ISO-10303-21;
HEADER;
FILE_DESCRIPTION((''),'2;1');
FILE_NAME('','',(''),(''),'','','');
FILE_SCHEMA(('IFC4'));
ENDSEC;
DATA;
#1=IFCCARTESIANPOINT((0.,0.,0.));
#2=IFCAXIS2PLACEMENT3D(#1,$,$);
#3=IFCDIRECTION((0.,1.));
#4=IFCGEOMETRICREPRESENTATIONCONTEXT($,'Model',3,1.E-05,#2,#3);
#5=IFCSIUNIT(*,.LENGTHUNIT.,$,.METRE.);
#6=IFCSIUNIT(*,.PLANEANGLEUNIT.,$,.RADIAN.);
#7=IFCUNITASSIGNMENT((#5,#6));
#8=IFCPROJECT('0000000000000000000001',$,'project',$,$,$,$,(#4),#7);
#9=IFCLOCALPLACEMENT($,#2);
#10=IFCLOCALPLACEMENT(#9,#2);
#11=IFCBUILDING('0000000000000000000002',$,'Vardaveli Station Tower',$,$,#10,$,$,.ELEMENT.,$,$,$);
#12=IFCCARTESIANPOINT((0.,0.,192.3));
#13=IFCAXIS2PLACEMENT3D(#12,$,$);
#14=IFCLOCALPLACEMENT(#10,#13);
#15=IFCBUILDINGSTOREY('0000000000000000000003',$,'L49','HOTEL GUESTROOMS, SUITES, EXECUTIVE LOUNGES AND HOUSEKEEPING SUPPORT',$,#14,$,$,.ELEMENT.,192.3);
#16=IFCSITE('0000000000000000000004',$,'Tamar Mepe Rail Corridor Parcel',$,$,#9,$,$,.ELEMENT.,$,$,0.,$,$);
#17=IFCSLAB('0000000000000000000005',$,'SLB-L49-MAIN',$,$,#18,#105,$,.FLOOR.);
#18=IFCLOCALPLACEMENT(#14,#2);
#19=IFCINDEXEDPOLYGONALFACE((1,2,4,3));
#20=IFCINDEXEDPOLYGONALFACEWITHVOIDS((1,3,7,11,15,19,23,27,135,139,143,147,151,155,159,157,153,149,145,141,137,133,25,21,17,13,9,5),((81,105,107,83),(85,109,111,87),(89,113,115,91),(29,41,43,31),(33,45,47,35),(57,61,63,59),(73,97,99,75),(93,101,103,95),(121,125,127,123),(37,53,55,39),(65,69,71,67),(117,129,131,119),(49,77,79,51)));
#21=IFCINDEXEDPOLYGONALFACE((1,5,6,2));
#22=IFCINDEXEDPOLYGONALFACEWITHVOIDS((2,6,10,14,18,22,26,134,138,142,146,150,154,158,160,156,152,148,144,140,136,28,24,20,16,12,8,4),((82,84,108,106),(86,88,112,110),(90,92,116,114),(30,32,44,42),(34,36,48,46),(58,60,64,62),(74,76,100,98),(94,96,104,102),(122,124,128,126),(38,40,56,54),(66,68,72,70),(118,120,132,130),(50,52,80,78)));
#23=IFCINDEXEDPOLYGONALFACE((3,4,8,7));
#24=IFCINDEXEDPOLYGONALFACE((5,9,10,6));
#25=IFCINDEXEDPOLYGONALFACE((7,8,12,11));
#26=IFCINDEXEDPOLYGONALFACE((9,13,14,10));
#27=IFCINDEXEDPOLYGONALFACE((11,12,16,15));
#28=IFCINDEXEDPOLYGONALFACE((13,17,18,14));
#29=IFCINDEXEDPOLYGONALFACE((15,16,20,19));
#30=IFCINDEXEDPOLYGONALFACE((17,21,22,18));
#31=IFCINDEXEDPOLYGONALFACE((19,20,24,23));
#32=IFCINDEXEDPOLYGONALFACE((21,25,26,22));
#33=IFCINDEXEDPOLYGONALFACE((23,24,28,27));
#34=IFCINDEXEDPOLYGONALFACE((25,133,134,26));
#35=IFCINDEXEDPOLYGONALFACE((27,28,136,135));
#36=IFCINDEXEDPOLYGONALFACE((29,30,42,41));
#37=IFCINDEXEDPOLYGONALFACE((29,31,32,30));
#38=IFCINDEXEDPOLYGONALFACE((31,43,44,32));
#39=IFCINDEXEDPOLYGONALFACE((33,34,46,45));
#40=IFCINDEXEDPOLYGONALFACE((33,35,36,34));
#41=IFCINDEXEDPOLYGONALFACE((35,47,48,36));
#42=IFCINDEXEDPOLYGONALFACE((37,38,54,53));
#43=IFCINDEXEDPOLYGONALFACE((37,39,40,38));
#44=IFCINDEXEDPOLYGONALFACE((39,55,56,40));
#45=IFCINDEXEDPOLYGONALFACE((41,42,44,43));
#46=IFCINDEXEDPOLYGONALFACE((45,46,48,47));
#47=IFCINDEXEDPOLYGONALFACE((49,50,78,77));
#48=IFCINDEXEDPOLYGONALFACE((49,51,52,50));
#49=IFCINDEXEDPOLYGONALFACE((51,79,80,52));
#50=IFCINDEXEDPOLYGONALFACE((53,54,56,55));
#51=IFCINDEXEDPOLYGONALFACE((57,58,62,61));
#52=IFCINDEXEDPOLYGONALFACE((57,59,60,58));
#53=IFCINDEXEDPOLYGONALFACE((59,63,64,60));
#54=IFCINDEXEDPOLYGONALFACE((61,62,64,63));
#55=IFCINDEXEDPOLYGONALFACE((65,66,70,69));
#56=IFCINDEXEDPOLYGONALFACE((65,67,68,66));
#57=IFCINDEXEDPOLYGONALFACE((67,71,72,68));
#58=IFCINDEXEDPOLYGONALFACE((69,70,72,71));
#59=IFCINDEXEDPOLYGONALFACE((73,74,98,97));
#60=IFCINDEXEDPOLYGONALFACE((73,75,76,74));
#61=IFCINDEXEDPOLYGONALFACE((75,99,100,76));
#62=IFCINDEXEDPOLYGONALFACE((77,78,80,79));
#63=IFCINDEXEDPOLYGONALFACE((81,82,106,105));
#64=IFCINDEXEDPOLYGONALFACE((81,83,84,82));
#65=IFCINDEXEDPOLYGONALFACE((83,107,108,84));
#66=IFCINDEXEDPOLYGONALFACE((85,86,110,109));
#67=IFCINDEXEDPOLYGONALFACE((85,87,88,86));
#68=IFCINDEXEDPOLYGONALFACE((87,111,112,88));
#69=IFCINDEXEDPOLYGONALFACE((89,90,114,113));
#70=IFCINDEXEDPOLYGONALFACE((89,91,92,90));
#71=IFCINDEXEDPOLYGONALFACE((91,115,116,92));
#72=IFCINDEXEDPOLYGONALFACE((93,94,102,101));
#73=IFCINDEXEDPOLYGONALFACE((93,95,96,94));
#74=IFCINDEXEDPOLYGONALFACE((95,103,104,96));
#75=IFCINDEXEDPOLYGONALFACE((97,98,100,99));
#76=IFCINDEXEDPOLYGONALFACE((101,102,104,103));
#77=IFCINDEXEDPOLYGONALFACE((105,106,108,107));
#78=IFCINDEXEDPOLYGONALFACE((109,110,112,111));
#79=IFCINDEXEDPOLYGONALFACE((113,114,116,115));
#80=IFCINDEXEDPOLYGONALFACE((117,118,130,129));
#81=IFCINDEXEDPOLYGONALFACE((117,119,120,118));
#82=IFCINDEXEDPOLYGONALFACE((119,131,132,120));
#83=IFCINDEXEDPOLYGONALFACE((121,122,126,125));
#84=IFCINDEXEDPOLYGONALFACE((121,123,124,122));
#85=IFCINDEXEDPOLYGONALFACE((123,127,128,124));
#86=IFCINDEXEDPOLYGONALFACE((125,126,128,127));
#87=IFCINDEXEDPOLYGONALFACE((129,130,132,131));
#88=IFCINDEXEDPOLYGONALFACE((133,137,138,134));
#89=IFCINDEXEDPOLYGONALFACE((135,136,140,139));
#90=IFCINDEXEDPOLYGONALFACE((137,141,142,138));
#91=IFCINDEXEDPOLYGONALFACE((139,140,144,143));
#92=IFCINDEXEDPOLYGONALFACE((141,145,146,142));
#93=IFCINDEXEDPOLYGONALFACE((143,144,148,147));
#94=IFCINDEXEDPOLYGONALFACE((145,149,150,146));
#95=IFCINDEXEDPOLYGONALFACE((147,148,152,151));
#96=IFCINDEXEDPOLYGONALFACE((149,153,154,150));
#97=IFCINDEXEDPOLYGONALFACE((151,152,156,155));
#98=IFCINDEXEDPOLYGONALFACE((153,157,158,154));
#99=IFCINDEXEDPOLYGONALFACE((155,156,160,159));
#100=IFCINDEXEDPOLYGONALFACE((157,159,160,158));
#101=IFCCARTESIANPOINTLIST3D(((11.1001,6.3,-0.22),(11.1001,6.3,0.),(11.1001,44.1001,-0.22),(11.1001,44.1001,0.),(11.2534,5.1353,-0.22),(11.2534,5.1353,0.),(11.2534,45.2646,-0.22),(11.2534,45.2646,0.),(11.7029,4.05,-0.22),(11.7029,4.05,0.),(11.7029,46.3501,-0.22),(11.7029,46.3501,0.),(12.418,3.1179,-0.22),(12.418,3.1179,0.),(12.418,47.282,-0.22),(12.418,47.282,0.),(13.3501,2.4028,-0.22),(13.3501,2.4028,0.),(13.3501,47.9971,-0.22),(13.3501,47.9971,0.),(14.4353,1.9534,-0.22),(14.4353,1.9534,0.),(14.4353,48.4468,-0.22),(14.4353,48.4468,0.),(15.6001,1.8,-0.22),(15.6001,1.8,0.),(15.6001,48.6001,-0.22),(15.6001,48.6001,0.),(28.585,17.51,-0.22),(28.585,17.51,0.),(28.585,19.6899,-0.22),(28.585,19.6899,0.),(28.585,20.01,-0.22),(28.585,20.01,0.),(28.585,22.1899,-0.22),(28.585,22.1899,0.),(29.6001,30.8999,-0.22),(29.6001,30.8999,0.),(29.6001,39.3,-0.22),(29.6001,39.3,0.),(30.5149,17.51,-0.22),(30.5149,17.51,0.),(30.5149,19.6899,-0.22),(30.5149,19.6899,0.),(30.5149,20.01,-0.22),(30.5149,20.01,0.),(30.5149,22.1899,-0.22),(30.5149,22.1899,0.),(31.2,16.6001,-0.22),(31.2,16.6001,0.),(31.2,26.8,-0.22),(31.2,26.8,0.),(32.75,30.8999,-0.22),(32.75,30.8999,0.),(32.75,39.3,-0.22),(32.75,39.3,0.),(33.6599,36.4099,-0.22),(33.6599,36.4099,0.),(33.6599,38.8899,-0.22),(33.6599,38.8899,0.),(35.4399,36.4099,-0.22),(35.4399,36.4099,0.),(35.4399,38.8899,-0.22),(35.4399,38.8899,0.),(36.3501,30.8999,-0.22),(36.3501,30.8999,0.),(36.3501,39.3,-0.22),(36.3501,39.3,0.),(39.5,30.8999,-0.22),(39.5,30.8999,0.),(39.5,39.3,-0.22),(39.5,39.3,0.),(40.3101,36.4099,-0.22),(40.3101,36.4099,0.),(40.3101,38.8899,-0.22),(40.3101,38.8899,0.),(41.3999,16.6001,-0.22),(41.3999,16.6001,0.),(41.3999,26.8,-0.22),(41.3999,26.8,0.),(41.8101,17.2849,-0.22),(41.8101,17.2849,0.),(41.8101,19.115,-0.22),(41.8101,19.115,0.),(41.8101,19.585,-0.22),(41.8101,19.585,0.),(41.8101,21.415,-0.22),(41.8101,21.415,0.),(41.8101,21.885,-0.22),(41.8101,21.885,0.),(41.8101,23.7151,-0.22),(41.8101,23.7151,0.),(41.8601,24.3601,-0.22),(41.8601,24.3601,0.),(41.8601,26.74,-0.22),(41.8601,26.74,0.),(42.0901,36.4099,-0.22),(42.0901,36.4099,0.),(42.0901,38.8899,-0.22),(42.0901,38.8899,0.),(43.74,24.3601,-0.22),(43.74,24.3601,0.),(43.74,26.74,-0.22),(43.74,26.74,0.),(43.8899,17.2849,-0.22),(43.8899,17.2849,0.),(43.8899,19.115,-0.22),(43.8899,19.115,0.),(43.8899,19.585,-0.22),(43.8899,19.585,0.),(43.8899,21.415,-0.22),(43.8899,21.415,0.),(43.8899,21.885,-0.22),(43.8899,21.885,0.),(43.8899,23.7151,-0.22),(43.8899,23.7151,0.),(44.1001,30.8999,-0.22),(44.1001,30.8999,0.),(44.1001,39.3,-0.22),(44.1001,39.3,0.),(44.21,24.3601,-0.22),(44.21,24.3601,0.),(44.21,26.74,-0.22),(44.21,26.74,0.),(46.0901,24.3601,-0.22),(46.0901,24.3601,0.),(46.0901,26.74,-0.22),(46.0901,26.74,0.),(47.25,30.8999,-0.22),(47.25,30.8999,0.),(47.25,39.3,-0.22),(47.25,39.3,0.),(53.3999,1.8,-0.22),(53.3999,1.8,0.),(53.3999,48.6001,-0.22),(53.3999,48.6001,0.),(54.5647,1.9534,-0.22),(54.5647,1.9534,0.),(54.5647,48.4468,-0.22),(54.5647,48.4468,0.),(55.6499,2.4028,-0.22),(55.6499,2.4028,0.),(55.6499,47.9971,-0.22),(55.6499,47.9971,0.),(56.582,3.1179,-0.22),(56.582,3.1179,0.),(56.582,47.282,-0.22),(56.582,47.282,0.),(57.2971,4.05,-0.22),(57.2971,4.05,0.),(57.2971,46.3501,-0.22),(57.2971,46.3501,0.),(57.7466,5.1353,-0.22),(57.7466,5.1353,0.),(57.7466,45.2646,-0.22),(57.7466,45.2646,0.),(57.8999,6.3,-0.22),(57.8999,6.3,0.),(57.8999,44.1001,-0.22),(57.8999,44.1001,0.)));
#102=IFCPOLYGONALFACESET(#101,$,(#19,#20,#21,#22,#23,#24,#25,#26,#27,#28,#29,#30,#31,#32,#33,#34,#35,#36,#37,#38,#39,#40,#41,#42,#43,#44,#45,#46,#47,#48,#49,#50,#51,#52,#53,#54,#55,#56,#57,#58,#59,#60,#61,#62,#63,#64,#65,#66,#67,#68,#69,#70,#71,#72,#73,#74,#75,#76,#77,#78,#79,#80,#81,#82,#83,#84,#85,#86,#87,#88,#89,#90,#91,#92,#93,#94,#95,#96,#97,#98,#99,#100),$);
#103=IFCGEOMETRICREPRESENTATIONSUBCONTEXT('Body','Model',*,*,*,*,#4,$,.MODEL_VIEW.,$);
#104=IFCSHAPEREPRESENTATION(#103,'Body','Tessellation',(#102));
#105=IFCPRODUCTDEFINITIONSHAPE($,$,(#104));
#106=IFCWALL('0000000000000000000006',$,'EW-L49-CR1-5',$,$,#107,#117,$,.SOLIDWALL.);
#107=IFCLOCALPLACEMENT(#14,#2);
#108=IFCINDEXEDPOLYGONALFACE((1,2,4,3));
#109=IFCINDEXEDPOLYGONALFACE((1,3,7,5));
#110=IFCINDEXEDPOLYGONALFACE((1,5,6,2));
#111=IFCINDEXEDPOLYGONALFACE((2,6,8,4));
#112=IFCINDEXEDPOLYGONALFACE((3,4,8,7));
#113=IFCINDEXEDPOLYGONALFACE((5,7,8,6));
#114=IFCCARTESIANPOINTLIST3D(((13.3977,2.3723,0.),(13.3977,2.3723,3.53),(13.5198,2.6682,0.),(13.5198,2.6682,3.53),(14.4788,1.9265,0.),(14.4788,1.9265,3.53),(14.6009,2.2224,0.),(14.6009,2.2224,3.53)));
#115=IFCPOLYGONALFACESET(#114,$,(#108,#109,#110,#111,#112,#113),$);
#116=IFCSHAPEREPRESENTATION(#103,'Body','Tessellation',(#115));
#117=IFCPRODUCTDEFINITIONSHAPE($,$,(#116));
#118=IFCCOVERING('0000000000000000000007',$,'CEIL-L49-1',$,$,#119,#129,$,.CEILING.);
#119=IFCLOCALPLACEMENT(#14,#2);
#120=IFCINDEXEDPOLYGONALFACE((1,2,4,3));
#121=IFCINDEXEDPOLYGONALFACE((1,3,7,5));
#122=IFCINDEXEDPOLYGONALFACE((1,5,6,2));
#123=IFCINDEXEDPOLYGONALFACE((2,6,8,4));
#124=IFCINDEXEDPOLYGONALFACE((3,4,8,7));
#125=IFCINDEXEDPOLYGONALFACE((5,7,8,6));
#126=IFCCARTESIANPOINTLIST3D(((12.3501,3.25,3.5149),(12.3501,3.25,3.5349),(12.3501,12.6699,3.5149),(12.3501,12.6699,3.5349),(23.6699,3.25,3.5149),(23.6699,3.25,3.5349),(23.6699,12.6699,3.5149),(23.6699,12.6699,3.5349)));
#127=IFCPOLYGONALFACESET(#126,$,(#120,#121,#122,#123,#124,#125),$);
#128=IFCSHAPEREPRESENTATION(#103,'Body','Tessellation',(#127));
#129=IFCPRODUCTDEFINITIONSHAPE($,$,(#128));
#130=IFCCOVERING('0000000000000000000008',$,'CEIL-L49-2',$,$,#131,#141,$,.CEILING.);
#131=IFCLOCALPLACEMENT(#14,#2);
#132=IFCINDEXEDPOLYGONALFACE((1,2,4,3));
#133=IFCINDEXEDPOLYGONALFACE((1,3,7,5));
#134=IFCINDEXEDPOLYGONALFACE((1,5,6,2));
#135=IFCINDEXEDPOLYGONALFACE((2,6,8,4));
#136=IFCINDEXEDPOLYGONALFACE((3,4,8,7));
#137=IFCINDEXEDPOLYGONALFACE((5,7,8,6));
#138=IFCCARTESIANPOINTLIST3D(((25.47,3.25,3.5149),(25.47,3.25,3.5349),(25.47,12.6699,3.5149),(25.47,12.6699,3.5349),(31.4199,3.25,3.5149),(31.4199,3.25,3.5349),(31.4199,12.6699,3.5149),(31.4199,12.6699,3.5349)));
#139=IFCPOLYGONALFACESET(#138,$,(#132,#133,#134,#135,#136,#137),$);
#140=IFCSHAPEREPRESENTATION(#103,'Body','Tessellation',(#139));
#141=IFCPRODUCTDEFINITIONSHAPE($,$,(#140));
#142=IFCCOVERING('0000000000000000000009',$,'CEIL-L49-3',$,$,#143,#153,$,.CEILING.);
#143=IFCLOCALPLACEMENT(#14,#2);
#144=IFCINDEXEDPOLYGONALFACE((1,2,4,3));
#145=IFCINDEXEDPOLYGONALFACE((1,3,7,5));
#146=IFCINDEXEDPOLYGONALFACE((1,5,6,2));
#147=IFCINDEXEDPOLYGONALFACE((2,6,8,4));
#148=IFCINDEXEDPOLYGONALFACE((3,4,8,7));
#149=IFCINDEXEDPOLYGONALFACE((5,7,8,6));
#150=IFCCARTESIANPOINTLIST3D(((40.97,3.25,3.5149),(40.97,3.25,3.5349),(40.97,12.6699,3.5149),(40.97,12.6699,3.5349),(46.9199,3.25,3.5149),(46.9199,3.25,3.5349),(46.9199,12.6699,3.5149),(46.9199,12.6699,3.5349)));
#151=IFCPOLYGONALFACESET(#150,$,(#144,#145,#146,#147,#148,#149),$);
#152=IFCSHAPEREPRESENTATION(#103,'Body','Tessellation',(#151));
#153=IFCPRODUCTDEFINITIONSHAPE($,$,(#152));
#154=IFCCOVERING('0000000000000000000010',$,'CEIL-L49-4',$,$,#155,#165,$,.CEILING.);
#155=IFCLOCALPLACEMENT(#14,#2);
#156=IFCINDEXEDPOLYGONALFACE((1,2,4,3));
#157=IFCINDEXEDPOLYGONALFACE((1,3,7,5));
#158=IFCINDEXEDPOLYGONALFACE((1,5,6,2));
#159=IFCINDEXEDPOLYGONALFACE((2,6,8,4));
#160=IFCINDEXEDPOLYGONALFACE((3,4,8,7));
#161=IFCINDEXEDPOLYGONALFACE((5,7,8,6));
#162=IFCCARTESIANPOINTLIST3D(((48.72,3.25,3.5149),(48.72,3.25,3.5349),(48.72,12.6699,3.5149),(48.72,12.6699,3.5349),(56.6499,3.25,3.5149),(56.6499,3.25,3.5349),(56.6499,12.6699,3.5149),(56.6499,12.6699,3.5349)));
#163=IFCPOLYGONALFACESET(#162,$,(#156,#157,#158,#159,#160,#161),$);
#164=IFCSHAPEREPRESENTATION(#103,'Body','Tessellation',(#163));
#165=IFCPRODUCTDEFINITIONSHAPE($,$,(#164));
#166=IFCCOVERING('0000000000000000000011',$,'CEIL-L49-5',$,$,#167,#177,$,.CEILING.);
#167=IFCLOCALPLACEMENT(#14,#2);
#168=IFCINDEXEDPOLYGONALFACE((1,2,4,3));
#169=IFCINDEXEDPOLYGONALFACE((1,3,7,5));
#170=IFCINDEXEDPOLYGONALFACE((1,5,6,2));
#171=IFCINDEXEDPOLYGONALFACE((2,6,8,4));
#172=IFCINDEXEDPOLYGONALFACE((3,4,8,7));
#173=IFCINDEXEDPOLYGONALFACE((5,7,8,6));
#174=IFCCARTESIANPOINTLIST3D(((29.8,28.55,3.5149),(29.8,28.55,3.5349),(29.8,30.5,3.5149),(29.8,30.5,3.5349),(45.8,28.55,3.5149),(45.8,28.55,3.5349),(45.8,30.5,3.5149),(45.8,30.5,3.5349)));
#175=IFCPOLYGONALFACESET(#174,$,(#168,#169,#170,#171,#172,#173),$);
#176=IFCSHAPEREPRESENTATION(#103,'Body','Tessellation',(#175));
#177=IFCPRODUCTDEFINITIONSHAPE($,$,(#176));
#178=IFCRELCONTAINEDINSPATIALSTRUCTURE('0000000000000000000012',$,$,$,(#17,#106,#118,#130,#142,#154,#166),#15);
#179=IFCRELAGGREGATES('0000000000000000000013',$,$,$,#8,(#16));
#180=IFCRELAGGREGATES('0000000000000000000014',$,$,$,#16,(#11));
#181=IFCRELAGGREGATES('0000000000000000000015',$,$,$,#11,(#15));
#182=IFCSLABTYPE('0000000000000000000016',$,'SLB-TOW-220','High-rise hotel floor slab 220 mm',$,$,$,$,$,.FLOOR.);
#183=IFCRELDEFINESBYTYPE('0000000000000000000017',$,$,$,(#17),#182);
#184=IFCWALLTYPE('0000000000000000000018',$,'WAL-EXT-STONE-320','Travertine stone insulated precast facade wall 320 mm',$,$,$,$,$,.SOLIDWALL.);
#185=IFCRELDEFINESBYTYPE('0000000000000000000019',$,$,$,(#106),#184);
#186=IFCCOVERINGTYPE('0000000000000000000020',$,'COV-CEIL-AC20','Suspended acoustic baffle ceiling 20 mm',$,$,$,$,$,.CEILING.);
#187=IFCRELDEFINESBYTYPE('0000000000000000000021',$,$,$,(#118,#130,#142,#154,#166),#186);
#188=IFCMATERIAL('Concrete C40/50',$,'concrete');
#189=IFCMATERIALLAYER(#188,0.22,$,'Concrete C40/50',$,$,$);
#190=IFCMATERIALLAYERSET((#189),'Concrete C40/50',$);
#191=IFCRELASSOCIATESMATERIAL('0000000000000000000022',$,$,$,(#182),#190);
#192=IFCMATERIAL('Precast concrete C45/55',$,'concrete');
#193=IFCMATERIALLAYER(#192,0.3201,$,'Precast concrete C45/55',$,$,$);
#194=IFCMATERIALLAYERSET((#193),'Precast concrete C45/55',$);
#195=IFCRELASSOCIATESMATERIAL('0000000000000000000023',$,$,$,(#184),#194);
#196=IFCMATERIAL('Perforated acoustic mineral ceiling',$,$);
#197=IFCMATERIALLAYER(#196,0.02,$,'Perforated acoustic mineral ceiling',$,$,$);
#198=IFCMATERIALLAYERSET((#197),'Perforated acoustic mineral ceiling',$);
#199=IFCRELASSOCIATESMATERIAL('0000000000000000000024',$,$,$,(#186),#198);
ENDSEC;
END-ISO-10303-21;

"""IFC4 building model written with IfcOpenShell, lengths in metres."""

from ifc_helpers import new_model, si_unit, direction, frame, frame_2d, origin, place, context, subcontext, project, spatial, polyline, rectangle, outline, extrude, source, transform, mapped, material, layer, layer_set, type_object, element, save


model = new_model("IFC4")

# Units and contexts
model_context = context("Model", 3, precision=1e-05, world=origin(), true_north=direction((0.0, 1.0)))
body_context = subcontext(model_context, "Body", "Model", "MODEL_VIEW")
ifc_project = project(units=[si_unit("LENGTHUNIT", "METRE"), si_unit("PLANEANGLEUNIT", "RADIAN")], contexts=[model_context])

# Site, building, storey
site_placement = place(None, origin())
site = spatial("IfcSite", under=ifc_project, at=site_placement, Name="Tamar Mepe Rail Corridor Parcel", CompositionType="ELEMENT", RefElevation=0.0)
building_placement = place(site_placement, origin())
building = spatial("IfcBuilding", under=site, at=building_placement, Name="Vardaveli Station Tower", CompositionType="ELEMENT")
storey_placement = place(building_placement, frame((0.0, 0.0, 192.3)))
storey = spatial("IfcBuildingStorey", under=building, at=storey_placement, Name="L49", Description="HOTEL GUESTROOMS, SUITES, EXECUTIVE LOUNGES AND HOUSEKEEPING SUPPORT", CompositionType="ELEMENT", Elevation=192.3)

# Shared definitions
ifc_material_1 = material(Name="Concrete C40/50", Category="concrete")

# Slab
ifc_material_2 = material(Name="Precast concrete C45/55", Category="concrete")
ifc_layer_1 = layer(ifc_material_1, 0.22, Name="Concrete C40/50")
ifc_layer_set_1 = layer_set([ifc_layer_1], Name="Concrete C40/50")
slab_type_1 = type_object("IfcSlabType", Name="SLB-TOW-220", Description="High-rise hotel floor slab 220 mm", PredefinedType="FLOOR", material=ifc_layer_set_1)
slab_1_placement = place(storey_placement, frame((0.0, 0.0, -0.22)))
element("IfcSlab", 1, at=slab_1_placement, inside=storey, type_object=slab_type_1, Name="SLB-L49-MAIN", PredefinedType="FLOOR", context=body_context, shape_type="SweptSolid", body=[
    extrude(outline(polyline([(11.1001, 6.3), (11.2534, 5.1353), (11.7029, 4.05), (12.418, 3.1179), (13.3501, 2.4028), (14.4353, 1.9534), (15.6001, 1.8), (53.3999, 1.8), (54.5647, 1.9534), (55.6499, 2.4028), (56.582, 3.1179), (57.2971, 4.05), (57.7466, 5.1353), (57.8999, 6.3), (57.8999, 44.1001), (57.7466, 45.2646), (57.2971, 46.3501), (56.582, 47.282), (55.6499, 47.9971), (54.5647, 48.4468), (53.3999, 48.6001), (15.6001, 48.6001), (14.4353, 48.4468), (13.3501, 47.9971), (12.418, 47.282), (11.7029, 46.3501), (11.2534, 45.2646), (11.1001, 44.1001), (11.1001, 6.3)]), holes=[polyline([(31.2, 16.6001), (41.3999, 16.6001), (41.3999, 26.8), (31.2, 26.8), (31.2, 16.6001)]), polyline([(32.75, 30.8999), (32.75, 39.3), (29.6001, 39.3), (29.6001, 30.8999), (32.75, 30.8999)]), polyline([(39.5, 30.8999), (39.5, 39.3), (36.3501, 39.3), (36.3501, 30.8999), (39.5, 30.8999)]), polyline([(47.25, 30.8999), (47.25, 39.3), (44.1001, 39.3), (44.1001, 30.8999), (47.25, 30.8999)]), polyline([(33.6599, 36.4099), (35.4399, 36.4099), (35.4399, 38.8899), (33.6599, 38.8899), (33.6599, 36.4099)]), polyline([(40.3101, 36.4099), (42.0901, 36.4099), (42.0901, 38.8899), (40.3101, 38.8899), (40.3101, 36.4099)]), polyline([(41.8101, 21.885), (43.8899, 21.885), (43.8899, 23.7151), (41.8101, 23.7151), (41.8101, 21.885)]), polyline([(41.8101, 19.585), (43.8899, 19.585), (43.8899, 21.415), (41.8101, 21.415), (41.8101, 19.585)]), polyline([(41.8101, 17.2849), (43.8899, 17.2849), (43.8899, 19.115), (41.8101, 19.115), (41.8101, 17.2849)]), polyline([(28.585, 17.51), (30.5149, 17.51), (30.5149, 19.6899), (28.585, 19.6899), (28.585, 17.51)]), polyline([(28.585, 20.01), (30.5149, 20.01), (30.5149, 22.1899), (28.585, 22.1899), (28.585, 20.01)]), polyline([(41.8601, 24.3601), (43.74, 24.3601), (43.74, 26.74), (41.8601, 26.74), (41.8601, 24.3601)]), polyline([(44.21, 24.3601), (46.0901, 24.3601), (46.0901, 26.74), (44.21, 26.74), (44.21, 24.3601)])]), origin(), (0.0, 0.0, 1.0), 0.22),
])

# Wall
ifc_layer_2 = layer(ifc_material_2, 0.3201, Name="Precast concrete C45/55")
ifc_layer_set_2 = layer_set([ifc_layer_2], Name="Precast concrete C45/55")
wall_type = type_object("IfcWallType", Name="WAL-EXT-STONE-320", Description="Travertine stone insulated precast facade wall 320 mm", PredefinedType="SOLIDWALL", material=ifc_layer_set_2)
shared_shape = source(origin(), body_context, "Body", "SweptSolid", [
    extrude(rectangle(XDim=1.1694, YDim=0.3201, at=frame_2d((0.5847, 0.0))), origin(), (0.0, 0.0, 1.0), 3.53),
])
wall_placement = place(storey_placement, frame((13.4587, 2.5203, 0.0), z_axis=(0.0, 0.0, 1.0), x_axis=(0.924479, -0.381233, 0.0)))
element("IfcWall", 2, at=wall_placement, inside=storey, type_object=wall_type, Name="EW-L49-CR1-5", PredefinedType="SOLIDWALL", context=body_context, shape_type="MappedRepresentation", body=[
    mapped(shared_shape, transform((0.0, 0.0, 0.0), scale=1.0)),
])

# Coverings
ifc_material_3 = material(Name="Perforated acoustic mineral ceiling")
ifc_layer_3 = layer(ifc_material_3, 0.02, Name="Perforated acoustic mineral ceiling")
ifc_layer_set_3 = layer_set([ifc_layer_3], Name="Perforated acoustic mineral ceiling")
covering_type_1 = type_object("IfcCoveringType", Name="COV-CEIL-AC20", Description="Suspended acoustic baffle ceiling 20 mm", PredefinedType="CEILING", material=ifc_layer_set_3)
covering_1_placement = place(storey_placement, frame((0.0, 0.0, 3.5149)))
element("IfcCovering", 3, at=covering_1_placement, inside=storey, type_object=covering_type_1, Name="CEIL-L49-1", PredefinedType="CEILING", context=body_context, shape_type="SweptSolid", body=[
    extrude(outline(polyline([(12.3501, 3.25), (23.6699, 3.25), (23.6699, 12.6699), (12.3501, 12.6699), (12.3501, 3.25)])), origin(), (0.0, 0.0, 1.0), 0.02),
])
covering_2_placement = place(storey_placement, frame((0.0, 0.0, 3.5149)))
element("IfcCovering", 4, at=covering_2_placement, inside=storey, type_object=covering_type_1, Name="CEIL-L49-2", PredefinedType="CEILING", context=body_context, shape_type="SweptSolid", body=[
    extrude(outline(polyline([(25.47, 3.25), (31.4199, 3.25), (31.4199, 12.6699), (25.47, 12.6699), (25.47, 3.25)])), origin(), (0.0, 0.0, 1.0), 0.02),
])
covering_3_placement = place(storey_placement, frame((0.0, 0.0, 3.5149)))
element("IfcCovering", 5, at=covering_3_placement, inside=storey, type_object=covering_type_1, Name="CEIL-L49-3", PredefinedType="CEILING", context=body_context, shape_type="SweptSolid", body=[
    extrude(outline(polyline([(40.97, 3.25), (46.9199, 3.25), (46.9199, 12.6699), (40.97, 12.6699), (40.97, 3.25)])), origin(), (0.0, 0.0, 1.0), 0.02),
])
covering_4_placement = place(storey_placement, frame((0.0, 0.0, 3.5149)))
element("IfcCovering", 6, at=covering_4_placement, inside=storey, type_object=covering_type_1, Name="CEIL-L49-4", PredefinedType="CEILING", context=body_context, shape_type="SweptSolid", body=[
    extrude(outline(polyline([(48.72, 3.25), (56.6499, 3.25), (56.6499, 12.6699), (48.72, 12.6699), (48.72, 3.25)])), origin(), (0.0, 0.0, 1.0), 0.02),
])
covering_5_placement = place(storey_placement, frame((0.0, 0.0, 3.5149)))
element("IfcCovering", 7, at=covering_5_placement, inside=storey, type_object=covering_type_1, Name="CEIL-L49-5", PredefinedType="CEILING", context=body_context, shape_type="SweptSolid", body=[
    extrude(outline(polyline([(29.8, 28.55), (45.8, 28.55), (45.8, 30.5), (29.8, 30.5), (29.8, 28.55)])), origin(), (0.0, 0.0, 1.0), 0.02),
])

save(model, "model.ifc")
